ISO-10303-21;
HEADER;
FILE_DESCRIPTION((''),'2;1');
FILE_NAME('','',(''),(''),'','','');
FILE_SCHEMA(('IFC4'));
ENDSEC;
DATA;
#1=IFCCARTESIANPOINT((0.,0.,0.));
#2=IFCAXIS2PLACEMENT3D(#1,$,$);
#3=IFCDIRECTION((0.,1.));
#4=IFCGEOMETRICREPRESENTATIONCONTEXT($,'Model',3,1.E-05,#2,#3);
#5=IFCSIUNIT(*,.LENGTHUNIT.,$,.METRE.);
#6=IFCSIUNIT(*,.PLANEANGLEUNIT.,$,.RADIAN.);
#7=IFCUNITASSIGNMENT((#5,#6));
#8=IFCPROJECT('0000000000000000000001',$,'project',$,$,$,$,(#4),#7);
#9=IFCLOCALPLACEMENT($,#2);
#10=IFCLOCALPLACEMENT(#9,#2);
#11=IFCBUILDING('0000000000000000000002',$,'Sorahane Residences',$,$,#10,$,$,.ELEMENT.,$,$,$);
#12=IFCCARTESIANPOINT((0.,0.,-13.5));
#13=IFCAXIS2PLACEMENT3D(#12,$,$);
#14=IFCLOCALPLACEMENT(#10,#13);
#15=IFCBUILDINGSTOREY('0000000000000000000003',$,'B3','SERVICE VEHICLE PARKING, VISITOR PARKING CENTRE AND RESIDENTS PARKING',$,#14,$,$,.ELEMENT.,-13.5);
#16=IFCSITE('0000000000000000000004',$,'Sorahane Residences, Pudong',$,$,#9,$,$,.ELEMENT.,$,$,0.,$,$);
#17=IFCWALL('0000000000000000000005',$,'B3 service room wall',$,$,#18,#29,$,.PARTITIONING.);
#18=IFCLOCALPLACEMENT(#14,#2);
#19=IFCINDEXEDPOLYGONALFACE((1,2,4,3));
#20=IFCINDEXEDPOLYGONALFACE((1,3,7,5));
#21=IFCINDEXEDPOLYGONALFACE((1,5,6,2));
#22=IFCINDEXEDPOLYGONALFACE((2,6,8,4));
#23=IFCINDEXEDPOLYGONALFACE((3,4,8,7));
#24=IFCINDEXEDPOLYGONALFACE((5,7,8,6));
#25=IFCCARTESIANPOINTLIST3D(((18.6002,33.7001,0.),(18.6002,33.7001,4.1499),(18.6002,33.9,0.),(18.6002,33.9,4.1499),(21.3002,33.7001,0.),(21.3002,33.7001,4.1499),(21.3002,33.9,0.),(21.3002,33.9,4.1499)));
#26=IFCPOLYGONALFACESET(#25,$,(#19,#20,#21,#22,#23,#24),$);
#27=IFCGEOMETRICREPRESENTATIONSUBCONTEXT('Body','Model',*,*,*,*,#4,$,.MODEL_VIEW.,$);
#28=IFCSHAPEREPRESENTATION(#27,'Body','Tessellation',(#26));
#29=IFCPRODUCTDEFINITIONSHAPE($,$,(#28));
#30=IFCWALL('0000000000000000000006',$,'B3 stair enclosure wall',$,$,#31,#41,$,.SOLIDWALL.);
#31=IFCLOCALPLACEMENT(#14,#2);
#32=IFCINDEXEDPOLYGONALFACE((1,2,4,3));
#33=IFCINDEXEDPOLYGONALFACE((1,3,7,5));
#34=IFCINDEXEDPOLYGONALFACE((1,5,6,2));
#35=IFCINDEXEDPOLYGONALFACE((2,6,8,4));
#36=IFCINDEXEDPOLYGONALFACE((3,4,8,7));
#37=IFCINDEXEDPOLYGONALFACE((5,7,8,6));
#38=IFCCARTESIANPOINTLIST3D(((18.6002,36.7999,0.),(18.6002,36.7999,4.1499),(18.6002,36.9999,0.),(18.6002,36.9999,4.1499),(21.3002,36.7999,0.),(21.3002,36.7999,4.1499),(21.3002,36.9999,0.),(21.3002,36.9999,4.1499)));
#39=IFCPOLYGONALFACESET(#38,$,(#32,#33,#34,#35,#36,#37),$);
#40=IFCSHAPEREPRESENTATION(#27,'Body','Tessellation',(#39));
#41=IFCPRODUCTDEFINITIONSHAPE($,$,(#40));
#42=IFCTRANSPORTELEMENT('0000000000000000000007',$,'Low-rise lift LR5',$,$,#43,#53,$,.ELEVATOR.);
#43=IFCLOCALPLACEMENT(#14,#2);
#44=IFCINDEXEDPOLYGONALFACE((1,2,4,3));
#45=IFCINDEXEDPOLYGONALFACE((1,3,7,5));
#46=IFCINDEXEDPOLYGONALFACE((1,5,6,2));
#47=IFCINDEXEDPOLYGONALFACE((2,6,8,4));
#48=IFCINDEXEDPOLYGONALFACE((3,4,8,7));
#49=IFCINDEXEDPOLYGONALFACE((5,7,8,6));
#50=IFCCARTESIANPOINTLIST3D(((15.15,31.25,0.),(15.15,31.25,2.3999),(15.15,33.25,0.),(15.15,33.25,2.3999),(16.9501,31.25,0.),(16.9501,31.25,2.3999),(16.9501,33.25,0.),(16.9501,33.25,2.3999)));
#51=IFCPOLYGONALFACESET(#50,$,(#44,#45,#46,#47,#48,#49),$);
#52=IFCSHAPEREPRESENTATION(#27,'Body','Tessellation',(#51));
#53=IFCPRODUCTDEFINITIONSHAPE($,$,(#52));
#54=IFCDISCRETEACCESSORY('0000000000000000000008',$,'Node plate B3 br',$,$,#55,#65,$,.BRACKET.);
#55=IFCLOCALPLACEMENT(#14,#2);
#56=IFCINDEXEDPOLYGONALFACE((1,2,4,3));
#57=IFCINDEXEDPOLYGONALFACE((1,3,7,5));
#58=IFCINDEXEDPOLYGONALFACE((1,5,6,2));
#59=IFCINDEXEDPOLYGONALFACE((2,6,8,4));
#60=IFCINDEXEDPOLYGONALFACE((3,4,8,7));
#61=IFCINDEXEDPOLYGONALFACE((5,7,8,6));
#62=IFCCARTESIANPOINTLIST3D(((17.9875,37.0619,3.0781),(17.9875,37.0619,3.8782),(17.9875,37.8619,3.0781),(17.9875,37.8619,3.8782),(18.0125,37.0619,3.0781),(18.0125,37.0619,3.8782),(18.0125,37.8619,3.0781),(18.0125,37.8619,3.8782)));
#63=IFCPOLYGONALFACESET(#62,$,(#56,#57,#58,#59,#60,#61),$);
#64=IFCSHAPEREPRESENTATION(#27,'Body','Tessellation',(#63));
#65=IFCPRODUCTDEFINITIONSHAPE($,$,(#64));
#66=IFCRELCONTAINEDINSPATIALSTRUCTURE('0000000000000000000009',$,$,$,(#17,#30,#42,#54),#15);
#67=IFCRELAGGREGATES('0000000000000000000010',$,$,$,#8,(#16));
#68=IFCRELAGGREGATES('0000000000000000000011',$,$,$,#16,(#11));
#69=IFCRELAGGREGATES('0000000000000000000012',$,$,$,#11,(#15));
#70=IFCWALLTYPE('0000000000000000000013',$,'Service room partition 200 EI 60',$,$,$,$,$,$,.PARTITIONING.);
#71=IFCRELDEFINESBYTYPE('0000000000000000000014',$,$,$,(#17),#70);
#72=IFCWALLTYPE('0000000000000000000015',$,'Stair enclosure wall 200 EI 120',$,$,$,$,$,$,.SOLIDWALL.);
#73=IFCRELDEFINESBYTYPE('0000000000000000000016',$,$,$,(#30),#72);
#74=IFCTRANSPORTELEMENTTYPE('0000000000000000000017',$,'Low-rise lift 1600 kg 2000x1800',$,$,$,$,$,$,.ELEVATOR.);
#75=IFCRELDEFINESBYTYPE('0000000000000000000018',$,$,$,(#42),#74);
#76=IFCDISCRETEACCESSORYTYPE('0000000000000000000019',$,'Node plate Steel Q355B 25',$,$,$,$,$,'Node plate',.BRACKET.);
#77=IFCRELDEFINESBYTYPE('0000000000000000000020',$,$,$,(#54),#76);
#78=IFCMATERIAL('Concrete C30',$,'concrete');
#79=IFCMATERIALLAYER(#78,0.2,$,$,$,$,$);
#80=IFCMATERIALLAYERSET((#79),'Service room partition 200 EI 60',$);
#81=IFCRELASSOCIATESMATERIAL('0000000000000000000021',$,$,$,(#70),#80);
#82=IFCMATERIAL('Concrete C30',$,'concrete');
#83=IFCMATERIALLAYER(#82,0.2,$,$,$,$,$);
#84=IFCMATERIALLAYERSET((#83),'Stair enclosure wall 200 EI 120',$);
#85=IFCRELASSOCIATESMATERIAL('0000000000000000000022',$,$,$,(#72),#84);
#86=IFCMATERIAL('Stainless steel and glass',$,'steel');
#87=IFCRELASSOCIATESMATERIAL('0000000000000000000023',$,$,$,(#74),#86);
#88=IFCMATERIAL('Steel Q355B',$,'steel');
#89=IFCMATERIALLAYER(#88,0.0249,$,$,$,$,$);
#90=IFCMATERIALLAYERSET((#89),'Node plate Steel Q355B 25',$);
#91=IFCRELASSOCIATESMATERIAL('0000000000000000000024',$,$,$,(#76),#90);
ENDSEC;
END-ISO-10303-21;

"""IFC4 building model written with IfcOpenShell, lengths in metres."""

from ifc_helpers import new_model, si_unit, direction, frame, frame_2d, origin, origin_2d, place, context, subcontext, project, spatial, rectangle, extrude, material, layer, layer_set, type_object, element, save


model = new_model("IFC4")

# Units and contexts
model_context = context("Model", 3, precision=1e-05, world=origin(), true_north=direction((0.0, 1.0)))
body_context = subcontext(model_context, "Body", "Model", "MODEL_VIEW")
ifc_project = project(units=[si_unit("LENGTHUNIT", "METRE"), si_unit("PLANEANGLEUNIT", "RADIAN")], contexts=[model_context])

# Site, building, storey
site_placement = place(None, origin())
site = spatial("IfcSite", under=ifc_project, at=site_placement, Name="Sorahane Residences, Pudong", CompositionType="ELEMENT", RefElevation=0.0)
building_placement = place(site_placement, origin())
building = spatial("IfcBuilding", under=site, at=building_placement, Name="Sorahane Residences", CompositionType="ELEMENT")
storey_placement = place(building_placement, frame((0.0, 0.0, -13.5)))
storey = spatial("IfcBuildingStorey", under=building, at=storey_placement, Name="B3", Description="SERVICE VEHICLE PARKING, VISITOR PARKING CENTRE AND RESIDENTS PARKING", CompositionType="ELEMENT", Elevation=-13.5)

# Walls
ifc_material_1 = material(Name="Concrete C30", Category="concrete")
ifc_layer_1 = layer(ifc_material_1, 0.2)
ifc_layer_set_1 = layer_set([ifc_layer_1], Name="Service room partition 200 EI 60")
wall_type_1 = type_object("IfcWallType", Name="Service room partition 200 EI 60", PredefinedType="PARTITIONING", material=ifc_layer_set_1)
wall_1_placement = place(storey_placement, frame((18.6001, 33.8, 0.0), z_axis=(0.0, 0.0, 1.0), x_axis=(1.0, 0.0, 0.0)))
element("IfcWall", 1, at=wall_1_placement, inside=storey, type_object=wall_type_1, Name="B3 service room wall", PredefinedType="PARTITIONING", context=body_context, shape_type="SweptSolid", body=[
    extrude(rectangle(XDim=2.7, YDim=0.2, at=frame_2d((1.3501, 0.0))), origin(), (0.0, 0.0, 1.0), 4.1499),
])
ifc_material_2 = material(Name="Concrete C30", Category="concrete")
ifc_layer_2 = layer(ifc_material_2, 0.2)
ifc_layer_set_2 = layer_set([ifc_layer_2], Name="Stair enclosure wall 200 EI 120")
wall_type_2 = type_object("IfcWallType", Name="Stair enclosure wall 200 EI 120", PredefinedType="SOLIDWALL", material=ifc_layer_set_2)
wall_2_placement = place(storey_placement, frame((18.6001, 36.8999, 0.0), z_axis=(0.0, 0.0, 1.0), x_axis=(1.0, 0.0, 0.0)))
element("IfcWall", 2, at=wall_2_placement, inside=storey, type_object=wall_type_2, Name="B3 stair enclosure wall", PredefinedType="SOLIDWALL", context=body_context, shape_type="SweptSolid", body=[
    extrude(rectangle(XDim=2.7, YDim=0.2, at=frame_2d((1.3501, 0.0))), origin(), (0.0, 0.0, 1.0), 4.1499),
])

# Transport element
ifc_material_3 = material(Name="Stainless steel and glass", Category="steel")
transport_element_type = type_object("IfcTransportElementType", Name="Low-rise lift 1600 kg 2000x1800", PredefinedType="ELEVATOR", material=ifc_material_3)
transport_element_placement = place(storey_placement, frame((16.05, 32.25, 0.0), z_axis=(0.0, 0.0, 1.0), x_axis=(1.0, 0.0, 0.0)))
element("IfcTransportElement", 3, at=transport_element_placement, inside=storey, type_object=transport_element_type, Name="Low-rise lift LR5", PredefinedType="ELEVATOR", context=body_context, shape_type="SweptSolid", body=[
    extrude(rectangle(XDim=1.8, YDim=2.0, at=origin_2d()), origin(), (0.0, 0.0, 1.0), 2.3999),
])

# Discrete accessory
ifc_material_4 = material(Name="Steel Q355B", Category="steel")
ifc_layer_3 = layer(ifc_material_4, 0.0249)
ifc_layer_set_3 = layer_set([ifc_layer_3], Name="Node plate Steel Q355B 25")
discrete_accessory_type = type_object("IfcDiscreteAccessoryType", Name="Node plate Steel Q355B 25", ElementType="Node plate", PredefinedType="BRACKET", material=ifc_layer_set_3)
discrete_accessory_placement = place(storey_placement, frame((18.0, 37.4619, 3.0781), z_axis=(0.0, 0.0, 1.0), x_axis=(0.0, 1.0, 0.0)))
element("IfcDiscreteAccessory", 4, at=discrete_accessory_placement, inside=storey, type_object=discrete_accessory_type, Name="Node plate B3 br", PredefinedType="BRACKET", context=body_context, shape_type="SweptSolid", body=[
    extrude(rectangle(XDim=0.8, YDim=0.0249, at=origin_2d()), origin(), (0.0, 0.0, 1.0), 0.8),
])

save(model, "model.ifc")
